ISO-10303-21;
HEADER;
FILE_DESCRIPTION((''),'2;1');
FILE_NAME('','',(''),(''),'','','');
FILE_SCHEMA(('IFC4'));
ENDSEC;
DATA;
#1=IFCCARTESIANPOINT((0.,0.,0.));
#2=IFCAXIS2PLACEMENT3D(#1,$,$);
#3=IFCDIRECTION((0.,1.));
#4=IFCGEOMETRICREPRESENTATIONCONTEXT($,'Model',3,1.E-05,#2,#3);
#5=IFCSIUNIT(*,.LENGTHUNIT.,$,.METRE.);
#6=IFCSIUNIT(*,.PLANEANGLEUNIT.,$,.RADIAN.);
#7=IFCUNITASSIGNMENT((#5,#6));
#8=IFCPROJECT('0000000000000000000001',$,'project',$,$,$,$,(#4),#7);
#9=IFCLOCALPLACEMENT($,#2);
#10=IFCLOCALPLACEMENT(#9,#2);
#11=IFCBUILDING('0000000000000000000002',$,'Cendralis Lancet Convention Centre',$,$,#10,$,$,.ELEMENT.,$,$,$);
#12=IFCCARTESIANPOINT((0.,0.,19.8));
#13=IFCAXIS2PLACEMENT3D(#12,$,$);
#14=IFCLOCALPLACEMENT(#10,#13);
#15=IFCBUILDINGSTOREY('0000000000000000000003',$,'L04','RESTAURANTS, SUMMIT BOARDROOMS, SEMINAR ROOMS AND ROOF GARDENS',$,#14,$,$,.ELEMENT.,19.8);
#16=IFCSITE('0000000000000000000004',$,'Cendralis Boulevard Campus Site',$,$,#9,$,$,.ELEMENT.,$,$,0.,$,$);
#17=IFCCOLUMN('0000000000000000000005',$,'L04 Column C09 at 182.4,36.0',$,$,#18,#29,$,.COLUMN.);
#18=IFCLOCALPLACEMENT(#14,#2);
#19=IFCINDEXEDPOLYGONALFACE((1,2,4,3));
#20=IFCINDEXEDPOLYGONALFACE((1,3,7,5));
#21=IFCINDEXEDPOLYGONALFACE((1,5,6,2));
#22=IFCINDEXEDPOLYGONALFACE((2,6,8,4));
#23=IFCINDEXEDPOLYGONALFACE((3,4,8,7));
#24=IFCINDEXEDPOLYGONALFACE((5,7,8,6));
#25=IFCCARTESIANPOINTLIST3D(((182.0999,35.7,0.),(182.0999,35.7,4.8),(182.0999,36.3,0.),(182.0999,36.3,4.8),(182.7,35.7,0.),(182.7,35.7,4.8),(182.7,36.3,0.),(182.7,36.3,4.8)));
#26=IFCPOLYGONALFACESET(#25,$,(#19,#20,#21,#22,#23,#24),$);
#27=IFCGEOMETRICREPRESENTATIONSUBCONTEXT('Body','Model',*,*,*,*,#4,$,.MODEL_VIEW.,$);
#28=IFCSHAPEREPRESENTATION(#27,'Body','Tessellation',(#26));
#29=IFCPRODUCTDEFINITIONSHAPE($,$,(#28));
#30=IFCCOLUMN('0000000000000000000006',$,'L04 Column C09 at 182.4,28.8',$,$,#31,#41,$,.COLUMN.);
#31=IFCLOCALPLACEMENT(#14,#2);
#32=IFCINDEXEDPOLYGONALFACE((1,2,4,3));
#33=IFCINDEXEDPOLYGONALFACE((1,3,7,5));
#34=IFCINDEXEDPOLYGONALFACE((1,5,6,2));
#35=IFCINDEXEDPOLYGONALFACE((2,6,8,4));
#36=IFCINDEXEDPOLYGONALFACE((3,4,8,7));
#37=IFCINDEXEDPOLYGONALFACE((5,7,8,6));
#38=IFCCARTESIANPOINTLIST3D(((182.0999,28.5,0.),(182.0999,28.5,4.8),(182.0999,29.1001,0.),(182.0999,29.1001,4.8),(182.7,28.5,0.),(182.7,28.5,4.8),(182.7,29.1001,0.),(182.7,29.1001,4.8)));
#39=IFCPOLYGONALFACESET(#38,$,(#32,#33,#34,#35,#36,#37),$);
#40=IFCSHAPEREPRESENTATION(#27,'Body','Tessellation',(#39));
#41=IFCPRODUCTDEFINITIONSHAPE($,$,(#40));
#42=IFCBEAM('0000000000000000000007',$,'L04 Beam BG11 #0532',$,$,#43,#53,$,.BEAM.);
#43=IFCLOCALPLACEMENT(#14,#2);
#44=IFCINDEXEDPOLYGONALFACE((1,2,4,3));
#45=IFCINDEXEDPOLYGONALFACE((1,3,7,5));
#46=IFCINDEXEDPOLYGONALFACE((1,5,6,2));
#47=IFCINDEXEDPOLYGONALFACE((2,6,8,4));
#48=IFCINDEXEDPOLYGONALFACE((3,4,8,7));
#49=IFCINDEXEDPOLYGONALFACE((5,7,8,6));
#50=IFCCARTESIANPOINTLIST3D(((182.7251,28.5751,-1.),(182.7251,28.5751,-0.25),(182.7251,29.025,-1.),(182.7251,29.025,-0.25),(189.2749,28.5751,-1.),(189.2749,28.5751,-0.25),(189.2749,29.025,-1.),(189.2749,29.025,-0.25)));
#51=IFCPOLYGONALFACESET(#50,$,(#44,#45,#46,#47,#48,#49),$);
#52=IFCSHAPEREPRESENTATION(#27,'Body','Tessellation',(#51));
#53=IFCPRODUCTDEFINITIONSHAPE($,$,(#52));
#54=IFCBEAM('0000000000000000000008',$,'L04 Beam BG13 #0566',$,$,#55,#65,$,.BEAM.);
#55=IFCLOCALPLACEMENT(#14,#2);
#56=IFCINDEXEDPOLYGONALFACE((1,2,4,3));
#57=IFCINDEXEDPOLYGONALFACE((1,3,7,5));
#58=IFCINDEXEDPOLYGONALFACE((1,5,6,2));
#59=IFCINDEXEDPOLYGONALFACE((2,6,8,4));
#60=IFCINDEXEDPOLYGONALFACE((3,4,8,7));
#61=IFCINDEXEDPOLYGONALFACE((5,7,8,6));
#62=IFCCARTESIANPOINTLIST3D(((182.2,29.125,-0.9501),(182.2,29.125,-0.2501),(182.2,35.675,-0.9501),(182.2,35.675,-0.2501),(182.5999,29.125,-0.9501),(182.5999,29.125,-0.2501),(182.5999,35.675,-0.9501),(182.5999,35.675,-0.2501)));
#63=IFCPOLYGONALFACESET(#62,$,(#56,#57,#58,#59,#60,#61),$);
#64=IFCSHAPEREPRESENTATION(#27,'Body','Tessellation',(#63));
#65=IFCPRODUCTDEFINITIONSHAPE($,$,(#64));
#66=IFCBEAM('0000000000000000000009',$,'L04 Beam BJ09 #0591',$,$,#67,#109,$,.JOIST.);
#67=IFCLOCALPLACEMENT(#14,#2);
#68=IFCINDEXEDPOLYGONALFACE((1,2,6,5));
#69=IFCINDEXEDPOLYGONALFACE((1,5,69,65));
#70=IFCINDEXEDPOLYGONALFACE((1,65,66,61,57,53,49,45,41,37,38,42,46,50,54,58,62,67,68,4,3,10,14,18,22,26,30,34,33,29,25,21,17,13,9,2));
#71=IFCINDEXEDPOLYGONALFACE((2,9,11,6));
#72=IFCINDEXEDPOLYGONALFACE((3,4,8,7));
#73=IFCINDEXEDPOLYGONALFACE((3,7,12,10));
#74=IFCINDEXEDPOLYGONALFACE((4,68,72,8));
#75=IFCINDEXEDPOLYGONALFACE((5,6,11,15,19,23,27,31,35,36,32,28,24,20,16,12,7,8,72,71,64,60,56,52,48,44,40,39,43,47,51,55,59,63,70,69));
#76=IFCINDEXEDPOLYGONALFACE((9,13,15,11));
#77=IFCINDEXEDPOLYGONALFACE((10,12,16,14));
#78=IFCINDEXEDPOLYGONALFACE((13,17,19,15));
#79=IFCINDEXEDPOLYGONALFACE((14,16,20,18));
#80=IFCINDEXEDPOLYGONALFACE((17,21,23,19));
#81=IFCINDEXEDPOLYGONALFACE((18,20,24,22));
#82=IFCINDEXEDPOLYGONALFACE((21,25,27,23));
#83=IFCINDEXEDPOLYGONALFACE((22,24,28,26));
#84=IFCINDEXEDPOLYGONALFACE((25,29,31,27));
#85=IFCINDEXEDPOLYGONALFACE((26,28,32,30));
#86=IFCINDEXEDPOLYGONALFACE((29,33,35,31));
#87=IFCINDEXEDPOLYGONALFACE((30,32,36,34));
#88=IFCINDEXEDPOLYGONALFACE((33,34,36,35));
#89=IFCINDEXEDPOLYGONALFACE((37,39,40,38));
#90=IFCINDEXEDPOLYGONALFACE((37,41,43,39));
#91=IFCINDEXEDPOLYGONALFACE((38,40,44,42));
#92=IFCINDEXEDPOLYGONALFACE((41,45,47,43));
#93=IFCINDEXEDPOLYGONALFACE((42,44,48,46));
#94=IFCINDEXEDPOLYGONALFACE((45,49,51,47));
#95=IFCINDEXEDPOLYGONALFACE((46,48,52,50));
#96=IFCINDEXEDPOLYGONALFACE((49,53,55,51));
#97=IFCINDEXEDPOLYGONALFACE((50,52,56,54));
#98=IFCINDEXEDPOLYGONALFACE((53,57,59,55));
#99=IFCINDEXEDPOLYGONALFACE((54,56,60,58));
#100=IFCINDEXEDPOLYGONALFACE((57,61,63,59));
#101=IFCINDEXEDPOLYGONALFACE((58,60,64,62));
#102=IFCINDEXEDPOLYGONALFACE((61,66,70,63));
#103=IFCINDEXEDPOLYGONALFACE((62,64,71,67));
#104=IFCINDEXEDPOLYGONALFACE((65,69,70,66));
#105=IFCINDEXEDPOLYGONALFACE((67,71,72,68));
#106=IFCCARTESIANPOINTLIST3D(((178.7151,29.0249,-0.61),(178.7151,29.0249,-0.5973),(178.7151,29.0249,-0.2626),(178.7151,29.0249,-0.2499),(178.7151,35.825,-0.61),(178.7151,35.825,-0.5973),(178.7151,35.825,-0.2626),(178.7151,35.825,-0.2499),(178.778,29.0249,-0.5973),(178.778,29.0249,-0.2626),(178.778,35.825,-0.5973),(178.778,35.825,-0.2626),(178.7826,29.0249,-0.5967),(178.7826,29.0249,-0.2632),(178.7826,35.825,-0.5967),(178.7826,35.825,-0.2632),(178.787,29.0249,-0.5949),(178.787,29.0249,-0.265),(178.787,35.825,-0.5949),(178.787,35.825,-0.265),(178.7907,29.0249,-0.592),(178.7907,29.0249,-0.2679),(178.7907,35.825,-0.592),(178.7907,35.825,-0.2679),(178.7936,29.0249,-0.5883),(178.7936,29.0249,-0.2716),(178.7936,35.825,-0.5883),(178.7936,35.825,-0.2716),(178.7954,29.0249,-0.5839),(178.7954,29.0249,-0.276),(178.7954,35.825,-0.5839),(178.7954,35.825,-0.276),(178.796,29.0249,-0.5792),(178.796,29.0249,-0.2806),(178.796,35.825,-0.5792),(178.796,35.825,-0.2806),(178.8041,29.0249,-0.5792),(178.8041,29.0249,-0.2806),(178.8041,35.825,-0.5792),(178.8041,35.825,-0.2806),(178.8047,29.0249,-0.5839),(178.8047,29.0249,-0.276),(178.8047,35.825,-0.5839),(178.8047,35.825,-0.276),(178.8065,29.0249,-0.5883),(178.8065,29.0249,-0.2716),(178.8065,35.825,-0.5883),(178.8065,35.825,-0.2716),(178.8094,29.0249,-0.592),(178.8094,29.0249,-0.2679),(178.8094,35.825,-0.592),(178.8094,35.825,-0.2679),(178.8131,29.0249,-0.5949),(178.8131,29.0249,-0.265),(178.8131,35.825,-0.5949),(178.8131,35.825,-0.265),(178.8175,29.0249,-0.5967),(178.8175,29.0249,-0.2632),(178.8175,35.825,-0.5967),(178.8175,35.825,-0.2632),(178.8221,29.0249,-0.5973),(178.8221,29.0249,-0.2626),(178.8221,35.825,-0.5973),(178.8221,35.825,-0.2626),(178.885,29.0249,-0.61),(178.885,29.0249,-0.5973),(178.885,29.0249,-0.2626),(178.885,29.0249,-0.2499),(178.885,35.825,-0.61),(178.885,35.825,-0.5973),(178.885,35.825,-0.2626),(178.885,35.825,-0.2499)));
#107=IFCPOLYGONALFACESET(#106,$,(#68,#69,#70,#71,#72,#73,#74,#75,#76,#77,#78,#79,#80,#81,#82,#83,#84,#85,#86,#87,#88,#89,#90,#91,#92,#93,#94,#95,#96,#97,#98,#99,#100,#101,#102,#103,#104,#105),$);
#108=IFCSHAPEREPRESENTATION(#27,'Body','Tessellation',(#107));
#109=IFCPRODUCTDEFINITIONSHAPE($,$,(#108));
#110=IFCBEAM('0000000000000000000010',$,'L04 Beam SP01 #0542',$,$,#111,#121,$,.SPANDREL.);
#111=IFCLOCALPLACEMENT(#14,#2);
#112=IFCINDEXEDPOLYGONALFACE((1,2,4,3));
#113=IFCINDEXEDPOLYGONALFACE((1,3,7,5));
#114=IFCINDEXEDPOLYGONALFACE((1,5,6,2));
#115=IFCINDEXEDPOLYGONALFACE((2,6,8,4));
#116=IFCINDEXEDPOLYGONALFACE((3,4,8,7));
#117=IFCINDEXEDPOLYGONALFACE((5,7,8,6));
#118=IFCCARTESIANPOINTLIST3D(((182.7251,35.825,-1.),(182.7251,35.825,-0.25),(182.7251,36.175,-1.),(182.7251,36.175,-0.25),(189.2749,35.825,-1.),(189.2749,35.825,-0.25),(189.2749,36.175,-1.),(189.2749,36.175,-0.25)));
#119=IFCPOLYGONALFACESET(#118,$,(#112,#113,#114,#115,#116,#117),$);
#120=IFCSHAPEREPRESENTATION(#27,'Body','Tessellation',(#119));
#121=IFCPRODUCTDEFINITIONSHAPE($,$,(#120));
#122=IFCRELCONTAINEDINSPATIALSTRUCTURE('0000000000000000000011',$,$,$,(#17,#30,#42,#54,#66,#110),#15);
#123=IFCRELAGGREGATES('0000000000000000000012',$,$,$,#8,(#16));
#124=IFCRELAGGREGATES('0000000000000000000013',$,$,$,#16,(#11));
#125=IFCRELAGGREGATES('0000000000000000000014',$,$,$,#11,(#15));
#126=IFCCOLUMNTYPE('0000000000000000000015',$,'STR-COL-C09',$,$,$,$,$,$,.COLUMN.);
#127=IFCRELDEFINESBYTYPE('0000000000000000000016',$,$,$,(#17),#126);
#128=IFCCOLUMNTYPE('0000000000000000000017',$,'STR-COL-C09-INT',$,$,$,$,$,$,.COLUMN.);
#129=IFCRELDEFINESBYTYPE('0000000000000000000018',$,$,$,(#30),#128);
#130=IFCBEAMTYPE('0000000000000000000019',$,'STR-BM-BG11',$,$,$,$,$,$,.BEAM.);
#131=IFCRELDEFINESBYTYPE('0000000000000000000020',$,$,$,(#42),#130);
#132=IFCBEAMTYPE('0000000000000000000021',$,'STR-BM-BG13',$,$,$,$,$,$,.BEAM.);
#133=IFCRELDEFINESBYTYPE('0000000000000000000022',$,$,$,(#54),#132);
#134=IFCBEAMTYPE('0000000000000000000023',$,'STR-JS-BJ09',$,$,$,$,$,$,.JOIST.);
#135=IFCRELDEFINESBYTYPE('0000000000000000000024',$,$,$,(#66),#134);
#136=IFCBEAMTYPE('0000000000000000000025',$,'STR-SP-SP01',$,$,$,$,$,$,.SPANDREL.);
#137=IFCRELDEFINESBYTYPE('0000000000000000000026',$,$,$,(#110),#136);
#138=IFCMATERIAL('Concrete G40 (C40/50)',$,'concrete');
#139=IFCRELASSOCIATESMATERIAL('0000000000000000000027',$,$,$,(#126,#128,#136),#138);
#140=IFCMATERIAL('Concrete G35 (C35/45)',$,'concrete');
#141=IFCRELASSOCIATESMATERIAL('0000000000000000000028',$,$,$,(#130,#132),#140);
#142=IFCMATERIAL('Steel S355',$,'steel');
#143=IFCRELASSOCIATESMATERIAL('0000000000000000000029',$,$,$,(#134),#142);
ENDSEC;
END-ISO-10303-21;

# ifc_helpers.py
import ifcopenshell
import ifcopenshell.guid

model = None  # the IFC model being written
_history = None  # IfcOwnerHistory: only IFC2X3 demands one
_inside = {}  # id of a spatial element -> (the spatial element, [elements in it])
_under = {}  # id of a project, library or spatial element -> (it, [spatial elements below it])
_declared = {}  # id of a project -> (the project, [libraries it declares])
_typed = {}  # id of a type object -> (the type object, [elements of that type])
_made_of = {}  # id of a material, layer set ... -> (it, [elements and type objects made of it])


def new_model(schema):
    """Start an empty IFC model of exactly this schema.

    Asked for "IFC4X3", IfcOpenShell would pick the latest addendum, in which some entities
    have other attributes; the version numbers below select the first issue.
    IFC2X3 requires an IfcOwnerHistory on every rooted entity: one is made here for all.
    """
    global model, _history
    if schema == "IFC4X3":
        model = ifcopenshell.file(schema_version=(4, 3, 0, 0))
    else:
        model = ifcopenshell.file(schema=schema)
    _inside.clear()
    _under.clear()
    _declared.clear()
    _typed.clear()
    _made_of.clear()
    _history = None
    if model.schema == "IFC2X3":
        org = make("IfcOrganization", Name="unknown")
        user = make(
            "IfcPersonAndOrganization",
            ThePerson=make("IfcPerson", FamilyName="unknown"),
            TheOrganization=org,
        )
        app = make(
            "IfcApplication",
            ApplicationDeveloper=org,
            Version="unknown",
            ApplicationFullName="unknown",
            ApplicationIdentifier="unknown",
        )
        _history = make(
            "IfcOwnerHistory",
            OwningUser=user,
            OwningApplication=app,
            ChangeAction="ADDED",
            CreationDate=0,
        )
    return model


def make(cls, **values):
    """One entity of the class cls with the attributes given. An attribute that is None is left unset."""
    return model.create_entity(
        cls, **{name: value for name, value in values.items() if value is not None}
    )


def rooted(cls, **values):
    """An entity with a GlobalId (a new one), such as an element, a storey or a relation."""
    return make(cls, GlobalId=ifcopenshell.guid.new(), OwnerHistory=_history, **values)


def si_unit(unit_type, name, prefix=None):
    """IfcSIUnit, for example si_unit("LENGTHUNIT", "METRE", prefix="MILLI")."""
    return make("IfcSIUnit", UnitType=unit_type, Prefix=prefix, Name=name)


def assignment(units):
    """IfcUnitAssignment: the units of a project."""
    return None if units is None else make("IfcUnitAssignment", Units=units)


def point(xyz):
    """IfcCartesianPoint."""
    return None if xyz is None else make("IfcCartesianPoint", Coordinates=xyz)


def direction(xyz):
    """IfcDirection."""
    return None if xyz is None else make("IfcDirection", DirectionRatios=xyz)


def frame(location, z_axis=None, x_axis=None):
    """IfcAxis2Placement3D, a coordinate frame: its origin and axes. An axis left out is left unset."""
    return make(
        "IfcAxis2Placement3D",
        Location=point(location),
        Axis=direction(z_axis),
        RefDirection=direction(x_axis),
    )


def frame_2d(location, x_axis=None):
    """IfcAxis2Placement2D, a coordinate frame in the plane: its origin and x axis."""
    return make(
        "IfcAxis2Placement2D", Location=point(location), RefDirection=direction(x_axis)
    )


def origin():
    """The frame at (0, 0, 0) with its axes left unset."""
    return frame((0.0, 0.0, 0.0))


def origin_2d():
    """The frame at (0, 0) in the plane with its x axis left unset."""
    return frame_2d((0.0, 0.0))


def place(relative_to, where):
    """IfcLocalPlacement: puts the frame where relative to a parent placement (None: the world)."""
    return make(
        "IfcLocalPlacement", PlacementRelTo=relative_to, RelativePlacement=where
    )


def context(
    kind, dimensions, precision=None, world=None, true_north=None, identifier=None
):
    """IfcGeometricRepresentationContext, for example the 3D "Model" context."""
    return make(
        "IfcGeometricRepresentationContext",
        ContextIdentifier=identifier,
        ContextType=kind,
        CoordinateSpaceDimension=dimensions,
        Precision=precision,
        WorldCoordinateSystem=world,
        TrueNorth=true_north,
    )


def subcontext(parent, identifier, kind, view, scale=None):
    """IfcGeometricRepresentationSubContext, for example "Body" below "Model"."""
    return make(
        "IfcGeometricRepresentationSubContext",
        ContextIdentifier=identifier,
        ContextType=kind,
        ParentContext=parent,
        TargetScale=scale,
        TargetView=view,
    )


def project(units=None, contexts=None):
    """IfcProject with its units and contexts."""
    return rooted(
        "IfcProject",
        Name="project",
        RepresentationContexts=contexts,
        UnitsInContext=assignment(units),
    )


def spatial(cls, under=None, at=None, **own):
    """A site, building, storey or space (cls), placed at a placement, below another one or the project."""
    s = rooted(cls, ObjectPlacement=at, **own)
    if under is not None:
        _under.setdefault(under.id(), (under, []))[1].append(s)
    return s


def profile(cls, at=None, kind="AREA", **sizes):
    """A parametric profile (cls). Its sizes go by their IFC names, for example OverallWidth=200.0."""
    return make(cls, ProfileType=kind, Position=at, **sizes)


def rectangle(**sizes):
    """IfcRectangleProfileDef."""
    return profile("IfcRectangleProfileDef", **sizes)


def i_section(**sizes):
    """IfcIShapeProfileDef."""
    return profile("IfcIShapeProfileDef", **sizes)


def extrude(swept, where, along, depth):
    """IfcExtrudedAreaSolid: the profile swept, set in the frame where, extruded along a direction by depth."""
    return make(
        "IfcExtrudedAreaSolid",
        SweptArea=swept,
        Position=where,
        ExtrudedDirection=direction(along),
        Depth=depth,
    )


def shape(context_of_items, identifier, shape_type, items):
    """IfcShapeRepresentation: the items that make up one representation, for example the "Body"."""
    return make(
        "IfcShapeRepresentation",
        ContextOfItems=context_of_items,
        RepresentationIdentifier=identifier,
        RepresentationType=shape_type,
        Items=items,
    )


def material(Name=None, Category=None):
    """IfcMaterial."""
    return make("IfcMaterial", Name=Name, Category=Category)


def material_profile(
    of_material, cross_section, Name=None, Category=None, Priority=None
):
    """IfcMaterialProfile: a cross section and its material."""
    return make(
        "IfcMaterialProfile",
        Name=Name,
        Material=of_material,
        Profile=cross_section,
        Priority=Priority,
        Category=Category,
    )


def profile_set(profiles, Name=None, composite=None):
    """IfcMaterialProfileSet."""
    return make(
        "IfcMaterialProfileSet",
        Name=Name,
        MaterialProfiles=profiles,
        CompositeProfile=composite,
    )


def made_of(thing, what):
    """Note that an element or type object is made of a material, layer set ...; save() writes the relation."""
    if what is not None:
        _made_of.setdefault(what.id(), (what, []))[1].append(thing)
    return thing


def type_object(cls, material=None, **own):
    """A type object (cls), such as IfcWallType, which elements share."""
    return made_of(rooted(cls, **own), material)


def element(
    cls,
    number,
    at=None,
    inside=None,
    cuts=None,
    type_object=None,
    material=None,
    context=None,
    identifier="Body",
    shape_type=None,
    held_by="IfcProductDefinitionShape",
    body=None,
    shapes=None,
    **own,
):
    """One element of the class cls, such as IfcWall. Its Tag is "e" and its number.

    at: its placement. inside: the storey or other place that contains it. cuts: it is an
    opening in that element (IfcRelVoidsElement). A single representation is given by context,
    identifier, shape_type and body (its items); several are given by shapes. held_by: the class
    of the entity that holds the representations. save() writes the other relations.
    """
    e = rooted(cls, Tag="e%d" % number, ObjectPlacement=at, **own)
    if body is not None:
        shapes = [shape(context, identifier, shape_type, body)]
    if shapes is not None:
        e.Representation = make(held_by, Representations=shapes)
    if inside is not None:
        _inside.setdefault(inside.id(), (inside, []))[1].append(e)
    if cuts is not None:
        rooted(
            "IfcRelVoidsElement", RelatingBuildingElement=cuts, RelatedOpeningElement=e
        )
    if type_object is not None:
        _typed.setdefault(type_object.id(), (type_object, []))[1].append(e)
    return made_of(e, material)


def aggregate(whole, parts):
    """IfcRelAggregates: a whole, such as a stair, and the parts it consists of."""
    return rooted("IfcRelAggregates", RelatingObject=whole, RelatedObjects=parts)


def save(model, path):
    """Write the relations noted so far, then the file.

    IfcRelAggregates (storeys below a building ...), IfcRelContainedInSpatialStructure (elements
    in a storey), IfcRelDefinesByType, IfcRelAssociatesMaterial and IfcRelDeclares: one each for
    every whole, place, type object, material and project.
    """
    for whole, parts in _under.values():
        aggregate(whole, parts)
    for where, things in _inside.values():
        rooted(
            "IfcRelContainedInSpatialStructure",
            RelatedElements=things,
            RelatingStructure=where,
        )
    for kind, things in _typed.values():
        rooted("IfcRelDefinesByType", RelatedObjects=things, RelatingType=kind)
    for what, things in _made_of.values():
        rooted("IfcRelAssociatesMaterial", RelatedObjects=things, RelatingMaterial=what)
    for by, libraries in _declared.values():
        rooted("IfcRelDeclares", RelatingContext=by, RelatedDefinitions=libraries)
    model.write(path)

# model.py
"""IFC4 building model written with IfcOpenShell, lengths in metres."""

from ifc_helpers import new_model, si_unit, direction, frame, origin, origin_2d, place, context, subcontext, project, spatial, rectangle, i_section, extrude, material, material_profile, profile_set, type_object, element, save


model = new_model("IFC4")

# Units and contexts
model_context = context("Model", 3, precision=1e-05, world=origin(), true_north=direction((0.0, 1.0)))
body_context = subcontext(model_context, "Body", "Model", "MODEL_VIEW")
ifc_project = project(units=[si_unit("LENGTHUNIT", "METRE"), si_unit("PLANEANGLEUNIT", "RADIAN")], contexts=[model_context])

# Site, building, storey
site_placement = place(None, origin())
site = spatial("IfcSite", under=ifc_project, at=site_placement, Name="Cendralis Boulevard Campus Site", CompositionType="ELEMENT", RefElevation=0.0)
building_placement = place(site_placement, origin())
building = spatial("IfcBuilding", under=site, at=building_placement, Name="Cendralis Lancet Convention Centre", CompositionType="ELEMENT")
storey_placement = place(building_placement, frame((0.0, 0.0, 19.8)))
storey = spatial("IfcBuildingStorey", under=building, at=storey_placement, Name="L04", Description="RESTAURANTS, SUMMIT BOARDROOMS, SEMINAR ROOMS AND ROOF GARDENS", CompositionType="ELEMENT", Elevation=19.8)

# Columns
ifc_material_1 = material(Name="Concrete G40 (C40/50)", Category="concrete")
ifc_material_profile_1 = material_profile(ifc_material_1, rectangle(XDim=0.6001, YDim=0.6001, at=origin_2d()), Name="RC 600x600")
ifc_profile_set_1 = profile_set([ifc_material_profile_1], Name="Concrete G40 (C40/50)")
column_type_1 = type_object("IfcColumnType", Name="STR-COL-C09", PredefinedType="COLUMN", material=ifc_profile_set_1)
column_1_placement = place(storey_placement, frame((182.3999, 36.0, 0.0), z_axis=(0.0, 0.0, 1.0), x_axis=(1.0, 0.0, 0.0)))
element("IfcColumn", 1, at=column_1_placement, inside=storey, type_object=column_type_1, Name="L04 Column C09 at 182.4,36.0", PredefinedType="COLUMN", context=body_context, shape_type="SweptSolid", body=[
    extrude(rectangle(XDim=0.6001, YDim=0.6001, at=origin_2d()), origin(), (0.0, 0.0, 1.0), 4.8),
])
ifc_material_profile_2 = material_profile(ifc_material_1, rectangle(XDim=0.6001, YDim=0.6001, at=origin_2d()), Name="RC 600x600")
ifc_profile_set_2 = profile_set([ifc_material_profile_2], Name="Concrete G40 (C40/50)")
column_type_2 = type_object("IfcColumnType", Name="STR-COL-C09-INT", PredefinedType="COLUMN", material=ifc_profile_set_2)
column_2_placement = place(storey_placement, frame((182.3999, 28.8, 0.0), z_axis=(0.0, 0.0, 1.0), x_axis=(1.0, 0.0, 0.0)))
element("IfcColumn", 2, at=column_2_placement, inside=storey, type_object=column_type_2, Name="L04 Column C09 at 182.4,28.8", PredefinedType="COLUMN", context=body_context, shape_type="SweptSolid", body=[
    extrude(rectangle(XDim=0.6001, YDim=0.6001, at=origin_2d()), origin(), (0.0, 0.0, 1.0), 4.8),
])

# Beams
ifc_material_2 = material(Name="Concrete G35 (C35/45)", Category="concrete")
ifc_material_profile_3 = material_profile(ifc_material_2, rectangle(XDim=0.45, YDim=0.75, at=origin_2d()), Name="RCB 450x750")
ifc_profile_set_3 = profile_set([ifc_material_profile_3], Name="Concrete G35 (C35/45)")
beam_type_1 = type_object("IfcBeamType", Name="STR-BM-BG11", PredefinedType="BEAM", material=ifc_profile_set_3)
beam_1_placement = place(storey_placement, frame((182.7251, 28.8, -0.625), z_axis=(1.0, 0.0, 0.0), x_axis=(0.0, 1.0, 0.0)))
element("IfcBeam", 3, at=beam_1_placement, inside=storey, type_object=beam_type_1, Name="L04 Beam BG11 #0532", PredefinedType="BEAM", context=body_context, shape_type="SweptSolid", body=[
    extrude(rectangle(XDim=0.45, YDim=0.75, at=origin_2d()), origin(), (0.0, 0.0, 1.0), 6.5498),
])
ifc_material_profile_4 = material_profile(ifc_material_2, rectangle(XDim=0.3999, YDim=0.7, at=origin_2d()), Name="RCB 400x700")
ifc_profile_set_4 = profile_set([ifc_material_profile_4], Name="Concrete G35 (C35/45)")
beam_type_2 = type_object("IfcBeamType", Name="STR-BM-BG13", PredefinedType="BEAM", material=ifc_profile_set_4)
beam_2_placement = place(storey_placement, frame((182.3999, 29.125, -0.6001), z_axis=(0.0, 1.0, 0.0), x_axis=(-1.0, 0.0, 0.0)))
element("IfcBeam", 4, at=beam_2_placement, inside=storey, type_object=beam_type_2, Name="L04 Beam BG13 #0566", PredefinedType="BEAM", context=body_context, shape_type="SweptSolid", body=[
    extrude(rectangle(XDim=0.3999, YDim=0.7, at=origin_2d()), origin(), (0.0, 0.0, 1.0), 6.55),
])
ifc_material_3 = material(Name="Steel S355", Category="steel")
ifc_material_profile_5 = material_profile(ifc_material_3, i_section(OverallWidth=0.1699, OverallDepth=0.3601, WebThickness=0.0081, FlangeThickness=0.0127, FilletRadius=0.0181, at=origin_2d()), Name="IPE 360")
ifc_profile_set_5 = profile_set([ifc_material_profile_5], Name="Steel S355")
beam_type_3 = type_object("IfcBeamType", Name="STR-JS-BJ09", PredefinedType="JOIST", material=ifc_profile_set_5)
beam_3_placement = place(storey_placement, frame((178.8, 29.0249, -0.4299), z_axis=(0.0, 1.0, 0.0), x_axis=(-1.0, 0.0, 0.0)))
element("IfcBeam", 5, at=beam_3_placement, inside=storey, type_object=beam_type_3, Name="L04 Beam BJ09 #0591", PredefinedType="JOIST", context=body_context, shape_type="SweptSolid", body=[
    extrude(i_section(OverallWidth=0.1699, OverallDepth=0.3601, WebThickness=0.0081, FlangeThickness=0.0127, FilletRadius=0.0181, at=origin_2d()), origin(), (0.0, 0.0, 1.0), 6.8),
])
ifc_material_profile_6 = material_profile(ifc_material_1, rectangle(XDim=0.3501, YDim=0.75, at=origin_2d()), Name="RCB 350x750")
ifc_profile_set_6 = profile_set([ifc_material_profile_6], Name="Concrete G40 (C40/50)")
beam_type_4 = type_object("IfcBeamType", Name="STR-SP-SP01", PredefinedType="SPANDREL", material=ifc_profile_set_6)
beam_4_placement = place(storey_placement, frame((182.7251, 36.0, -0.625), z_axis=(1.0, 0.0, 0.0), x_axis=(0.0, 1.0, 0.0)))
element("IfcBeam", 6, at=beam_4_placement, inside=storey, type_object=beam_type_4, Name="L04 Beam SP01 #0542", PredefinedType="SPANDREL", context=body_context, shape_type="SweptSolid", body=[
    extrude(rectangle(XDim=0.3501, YDim=0.75, at=origin_2d()), origin(), (0.0, 0.0, 1.0), 6.5498),
])

save(model, "model.ifc")
